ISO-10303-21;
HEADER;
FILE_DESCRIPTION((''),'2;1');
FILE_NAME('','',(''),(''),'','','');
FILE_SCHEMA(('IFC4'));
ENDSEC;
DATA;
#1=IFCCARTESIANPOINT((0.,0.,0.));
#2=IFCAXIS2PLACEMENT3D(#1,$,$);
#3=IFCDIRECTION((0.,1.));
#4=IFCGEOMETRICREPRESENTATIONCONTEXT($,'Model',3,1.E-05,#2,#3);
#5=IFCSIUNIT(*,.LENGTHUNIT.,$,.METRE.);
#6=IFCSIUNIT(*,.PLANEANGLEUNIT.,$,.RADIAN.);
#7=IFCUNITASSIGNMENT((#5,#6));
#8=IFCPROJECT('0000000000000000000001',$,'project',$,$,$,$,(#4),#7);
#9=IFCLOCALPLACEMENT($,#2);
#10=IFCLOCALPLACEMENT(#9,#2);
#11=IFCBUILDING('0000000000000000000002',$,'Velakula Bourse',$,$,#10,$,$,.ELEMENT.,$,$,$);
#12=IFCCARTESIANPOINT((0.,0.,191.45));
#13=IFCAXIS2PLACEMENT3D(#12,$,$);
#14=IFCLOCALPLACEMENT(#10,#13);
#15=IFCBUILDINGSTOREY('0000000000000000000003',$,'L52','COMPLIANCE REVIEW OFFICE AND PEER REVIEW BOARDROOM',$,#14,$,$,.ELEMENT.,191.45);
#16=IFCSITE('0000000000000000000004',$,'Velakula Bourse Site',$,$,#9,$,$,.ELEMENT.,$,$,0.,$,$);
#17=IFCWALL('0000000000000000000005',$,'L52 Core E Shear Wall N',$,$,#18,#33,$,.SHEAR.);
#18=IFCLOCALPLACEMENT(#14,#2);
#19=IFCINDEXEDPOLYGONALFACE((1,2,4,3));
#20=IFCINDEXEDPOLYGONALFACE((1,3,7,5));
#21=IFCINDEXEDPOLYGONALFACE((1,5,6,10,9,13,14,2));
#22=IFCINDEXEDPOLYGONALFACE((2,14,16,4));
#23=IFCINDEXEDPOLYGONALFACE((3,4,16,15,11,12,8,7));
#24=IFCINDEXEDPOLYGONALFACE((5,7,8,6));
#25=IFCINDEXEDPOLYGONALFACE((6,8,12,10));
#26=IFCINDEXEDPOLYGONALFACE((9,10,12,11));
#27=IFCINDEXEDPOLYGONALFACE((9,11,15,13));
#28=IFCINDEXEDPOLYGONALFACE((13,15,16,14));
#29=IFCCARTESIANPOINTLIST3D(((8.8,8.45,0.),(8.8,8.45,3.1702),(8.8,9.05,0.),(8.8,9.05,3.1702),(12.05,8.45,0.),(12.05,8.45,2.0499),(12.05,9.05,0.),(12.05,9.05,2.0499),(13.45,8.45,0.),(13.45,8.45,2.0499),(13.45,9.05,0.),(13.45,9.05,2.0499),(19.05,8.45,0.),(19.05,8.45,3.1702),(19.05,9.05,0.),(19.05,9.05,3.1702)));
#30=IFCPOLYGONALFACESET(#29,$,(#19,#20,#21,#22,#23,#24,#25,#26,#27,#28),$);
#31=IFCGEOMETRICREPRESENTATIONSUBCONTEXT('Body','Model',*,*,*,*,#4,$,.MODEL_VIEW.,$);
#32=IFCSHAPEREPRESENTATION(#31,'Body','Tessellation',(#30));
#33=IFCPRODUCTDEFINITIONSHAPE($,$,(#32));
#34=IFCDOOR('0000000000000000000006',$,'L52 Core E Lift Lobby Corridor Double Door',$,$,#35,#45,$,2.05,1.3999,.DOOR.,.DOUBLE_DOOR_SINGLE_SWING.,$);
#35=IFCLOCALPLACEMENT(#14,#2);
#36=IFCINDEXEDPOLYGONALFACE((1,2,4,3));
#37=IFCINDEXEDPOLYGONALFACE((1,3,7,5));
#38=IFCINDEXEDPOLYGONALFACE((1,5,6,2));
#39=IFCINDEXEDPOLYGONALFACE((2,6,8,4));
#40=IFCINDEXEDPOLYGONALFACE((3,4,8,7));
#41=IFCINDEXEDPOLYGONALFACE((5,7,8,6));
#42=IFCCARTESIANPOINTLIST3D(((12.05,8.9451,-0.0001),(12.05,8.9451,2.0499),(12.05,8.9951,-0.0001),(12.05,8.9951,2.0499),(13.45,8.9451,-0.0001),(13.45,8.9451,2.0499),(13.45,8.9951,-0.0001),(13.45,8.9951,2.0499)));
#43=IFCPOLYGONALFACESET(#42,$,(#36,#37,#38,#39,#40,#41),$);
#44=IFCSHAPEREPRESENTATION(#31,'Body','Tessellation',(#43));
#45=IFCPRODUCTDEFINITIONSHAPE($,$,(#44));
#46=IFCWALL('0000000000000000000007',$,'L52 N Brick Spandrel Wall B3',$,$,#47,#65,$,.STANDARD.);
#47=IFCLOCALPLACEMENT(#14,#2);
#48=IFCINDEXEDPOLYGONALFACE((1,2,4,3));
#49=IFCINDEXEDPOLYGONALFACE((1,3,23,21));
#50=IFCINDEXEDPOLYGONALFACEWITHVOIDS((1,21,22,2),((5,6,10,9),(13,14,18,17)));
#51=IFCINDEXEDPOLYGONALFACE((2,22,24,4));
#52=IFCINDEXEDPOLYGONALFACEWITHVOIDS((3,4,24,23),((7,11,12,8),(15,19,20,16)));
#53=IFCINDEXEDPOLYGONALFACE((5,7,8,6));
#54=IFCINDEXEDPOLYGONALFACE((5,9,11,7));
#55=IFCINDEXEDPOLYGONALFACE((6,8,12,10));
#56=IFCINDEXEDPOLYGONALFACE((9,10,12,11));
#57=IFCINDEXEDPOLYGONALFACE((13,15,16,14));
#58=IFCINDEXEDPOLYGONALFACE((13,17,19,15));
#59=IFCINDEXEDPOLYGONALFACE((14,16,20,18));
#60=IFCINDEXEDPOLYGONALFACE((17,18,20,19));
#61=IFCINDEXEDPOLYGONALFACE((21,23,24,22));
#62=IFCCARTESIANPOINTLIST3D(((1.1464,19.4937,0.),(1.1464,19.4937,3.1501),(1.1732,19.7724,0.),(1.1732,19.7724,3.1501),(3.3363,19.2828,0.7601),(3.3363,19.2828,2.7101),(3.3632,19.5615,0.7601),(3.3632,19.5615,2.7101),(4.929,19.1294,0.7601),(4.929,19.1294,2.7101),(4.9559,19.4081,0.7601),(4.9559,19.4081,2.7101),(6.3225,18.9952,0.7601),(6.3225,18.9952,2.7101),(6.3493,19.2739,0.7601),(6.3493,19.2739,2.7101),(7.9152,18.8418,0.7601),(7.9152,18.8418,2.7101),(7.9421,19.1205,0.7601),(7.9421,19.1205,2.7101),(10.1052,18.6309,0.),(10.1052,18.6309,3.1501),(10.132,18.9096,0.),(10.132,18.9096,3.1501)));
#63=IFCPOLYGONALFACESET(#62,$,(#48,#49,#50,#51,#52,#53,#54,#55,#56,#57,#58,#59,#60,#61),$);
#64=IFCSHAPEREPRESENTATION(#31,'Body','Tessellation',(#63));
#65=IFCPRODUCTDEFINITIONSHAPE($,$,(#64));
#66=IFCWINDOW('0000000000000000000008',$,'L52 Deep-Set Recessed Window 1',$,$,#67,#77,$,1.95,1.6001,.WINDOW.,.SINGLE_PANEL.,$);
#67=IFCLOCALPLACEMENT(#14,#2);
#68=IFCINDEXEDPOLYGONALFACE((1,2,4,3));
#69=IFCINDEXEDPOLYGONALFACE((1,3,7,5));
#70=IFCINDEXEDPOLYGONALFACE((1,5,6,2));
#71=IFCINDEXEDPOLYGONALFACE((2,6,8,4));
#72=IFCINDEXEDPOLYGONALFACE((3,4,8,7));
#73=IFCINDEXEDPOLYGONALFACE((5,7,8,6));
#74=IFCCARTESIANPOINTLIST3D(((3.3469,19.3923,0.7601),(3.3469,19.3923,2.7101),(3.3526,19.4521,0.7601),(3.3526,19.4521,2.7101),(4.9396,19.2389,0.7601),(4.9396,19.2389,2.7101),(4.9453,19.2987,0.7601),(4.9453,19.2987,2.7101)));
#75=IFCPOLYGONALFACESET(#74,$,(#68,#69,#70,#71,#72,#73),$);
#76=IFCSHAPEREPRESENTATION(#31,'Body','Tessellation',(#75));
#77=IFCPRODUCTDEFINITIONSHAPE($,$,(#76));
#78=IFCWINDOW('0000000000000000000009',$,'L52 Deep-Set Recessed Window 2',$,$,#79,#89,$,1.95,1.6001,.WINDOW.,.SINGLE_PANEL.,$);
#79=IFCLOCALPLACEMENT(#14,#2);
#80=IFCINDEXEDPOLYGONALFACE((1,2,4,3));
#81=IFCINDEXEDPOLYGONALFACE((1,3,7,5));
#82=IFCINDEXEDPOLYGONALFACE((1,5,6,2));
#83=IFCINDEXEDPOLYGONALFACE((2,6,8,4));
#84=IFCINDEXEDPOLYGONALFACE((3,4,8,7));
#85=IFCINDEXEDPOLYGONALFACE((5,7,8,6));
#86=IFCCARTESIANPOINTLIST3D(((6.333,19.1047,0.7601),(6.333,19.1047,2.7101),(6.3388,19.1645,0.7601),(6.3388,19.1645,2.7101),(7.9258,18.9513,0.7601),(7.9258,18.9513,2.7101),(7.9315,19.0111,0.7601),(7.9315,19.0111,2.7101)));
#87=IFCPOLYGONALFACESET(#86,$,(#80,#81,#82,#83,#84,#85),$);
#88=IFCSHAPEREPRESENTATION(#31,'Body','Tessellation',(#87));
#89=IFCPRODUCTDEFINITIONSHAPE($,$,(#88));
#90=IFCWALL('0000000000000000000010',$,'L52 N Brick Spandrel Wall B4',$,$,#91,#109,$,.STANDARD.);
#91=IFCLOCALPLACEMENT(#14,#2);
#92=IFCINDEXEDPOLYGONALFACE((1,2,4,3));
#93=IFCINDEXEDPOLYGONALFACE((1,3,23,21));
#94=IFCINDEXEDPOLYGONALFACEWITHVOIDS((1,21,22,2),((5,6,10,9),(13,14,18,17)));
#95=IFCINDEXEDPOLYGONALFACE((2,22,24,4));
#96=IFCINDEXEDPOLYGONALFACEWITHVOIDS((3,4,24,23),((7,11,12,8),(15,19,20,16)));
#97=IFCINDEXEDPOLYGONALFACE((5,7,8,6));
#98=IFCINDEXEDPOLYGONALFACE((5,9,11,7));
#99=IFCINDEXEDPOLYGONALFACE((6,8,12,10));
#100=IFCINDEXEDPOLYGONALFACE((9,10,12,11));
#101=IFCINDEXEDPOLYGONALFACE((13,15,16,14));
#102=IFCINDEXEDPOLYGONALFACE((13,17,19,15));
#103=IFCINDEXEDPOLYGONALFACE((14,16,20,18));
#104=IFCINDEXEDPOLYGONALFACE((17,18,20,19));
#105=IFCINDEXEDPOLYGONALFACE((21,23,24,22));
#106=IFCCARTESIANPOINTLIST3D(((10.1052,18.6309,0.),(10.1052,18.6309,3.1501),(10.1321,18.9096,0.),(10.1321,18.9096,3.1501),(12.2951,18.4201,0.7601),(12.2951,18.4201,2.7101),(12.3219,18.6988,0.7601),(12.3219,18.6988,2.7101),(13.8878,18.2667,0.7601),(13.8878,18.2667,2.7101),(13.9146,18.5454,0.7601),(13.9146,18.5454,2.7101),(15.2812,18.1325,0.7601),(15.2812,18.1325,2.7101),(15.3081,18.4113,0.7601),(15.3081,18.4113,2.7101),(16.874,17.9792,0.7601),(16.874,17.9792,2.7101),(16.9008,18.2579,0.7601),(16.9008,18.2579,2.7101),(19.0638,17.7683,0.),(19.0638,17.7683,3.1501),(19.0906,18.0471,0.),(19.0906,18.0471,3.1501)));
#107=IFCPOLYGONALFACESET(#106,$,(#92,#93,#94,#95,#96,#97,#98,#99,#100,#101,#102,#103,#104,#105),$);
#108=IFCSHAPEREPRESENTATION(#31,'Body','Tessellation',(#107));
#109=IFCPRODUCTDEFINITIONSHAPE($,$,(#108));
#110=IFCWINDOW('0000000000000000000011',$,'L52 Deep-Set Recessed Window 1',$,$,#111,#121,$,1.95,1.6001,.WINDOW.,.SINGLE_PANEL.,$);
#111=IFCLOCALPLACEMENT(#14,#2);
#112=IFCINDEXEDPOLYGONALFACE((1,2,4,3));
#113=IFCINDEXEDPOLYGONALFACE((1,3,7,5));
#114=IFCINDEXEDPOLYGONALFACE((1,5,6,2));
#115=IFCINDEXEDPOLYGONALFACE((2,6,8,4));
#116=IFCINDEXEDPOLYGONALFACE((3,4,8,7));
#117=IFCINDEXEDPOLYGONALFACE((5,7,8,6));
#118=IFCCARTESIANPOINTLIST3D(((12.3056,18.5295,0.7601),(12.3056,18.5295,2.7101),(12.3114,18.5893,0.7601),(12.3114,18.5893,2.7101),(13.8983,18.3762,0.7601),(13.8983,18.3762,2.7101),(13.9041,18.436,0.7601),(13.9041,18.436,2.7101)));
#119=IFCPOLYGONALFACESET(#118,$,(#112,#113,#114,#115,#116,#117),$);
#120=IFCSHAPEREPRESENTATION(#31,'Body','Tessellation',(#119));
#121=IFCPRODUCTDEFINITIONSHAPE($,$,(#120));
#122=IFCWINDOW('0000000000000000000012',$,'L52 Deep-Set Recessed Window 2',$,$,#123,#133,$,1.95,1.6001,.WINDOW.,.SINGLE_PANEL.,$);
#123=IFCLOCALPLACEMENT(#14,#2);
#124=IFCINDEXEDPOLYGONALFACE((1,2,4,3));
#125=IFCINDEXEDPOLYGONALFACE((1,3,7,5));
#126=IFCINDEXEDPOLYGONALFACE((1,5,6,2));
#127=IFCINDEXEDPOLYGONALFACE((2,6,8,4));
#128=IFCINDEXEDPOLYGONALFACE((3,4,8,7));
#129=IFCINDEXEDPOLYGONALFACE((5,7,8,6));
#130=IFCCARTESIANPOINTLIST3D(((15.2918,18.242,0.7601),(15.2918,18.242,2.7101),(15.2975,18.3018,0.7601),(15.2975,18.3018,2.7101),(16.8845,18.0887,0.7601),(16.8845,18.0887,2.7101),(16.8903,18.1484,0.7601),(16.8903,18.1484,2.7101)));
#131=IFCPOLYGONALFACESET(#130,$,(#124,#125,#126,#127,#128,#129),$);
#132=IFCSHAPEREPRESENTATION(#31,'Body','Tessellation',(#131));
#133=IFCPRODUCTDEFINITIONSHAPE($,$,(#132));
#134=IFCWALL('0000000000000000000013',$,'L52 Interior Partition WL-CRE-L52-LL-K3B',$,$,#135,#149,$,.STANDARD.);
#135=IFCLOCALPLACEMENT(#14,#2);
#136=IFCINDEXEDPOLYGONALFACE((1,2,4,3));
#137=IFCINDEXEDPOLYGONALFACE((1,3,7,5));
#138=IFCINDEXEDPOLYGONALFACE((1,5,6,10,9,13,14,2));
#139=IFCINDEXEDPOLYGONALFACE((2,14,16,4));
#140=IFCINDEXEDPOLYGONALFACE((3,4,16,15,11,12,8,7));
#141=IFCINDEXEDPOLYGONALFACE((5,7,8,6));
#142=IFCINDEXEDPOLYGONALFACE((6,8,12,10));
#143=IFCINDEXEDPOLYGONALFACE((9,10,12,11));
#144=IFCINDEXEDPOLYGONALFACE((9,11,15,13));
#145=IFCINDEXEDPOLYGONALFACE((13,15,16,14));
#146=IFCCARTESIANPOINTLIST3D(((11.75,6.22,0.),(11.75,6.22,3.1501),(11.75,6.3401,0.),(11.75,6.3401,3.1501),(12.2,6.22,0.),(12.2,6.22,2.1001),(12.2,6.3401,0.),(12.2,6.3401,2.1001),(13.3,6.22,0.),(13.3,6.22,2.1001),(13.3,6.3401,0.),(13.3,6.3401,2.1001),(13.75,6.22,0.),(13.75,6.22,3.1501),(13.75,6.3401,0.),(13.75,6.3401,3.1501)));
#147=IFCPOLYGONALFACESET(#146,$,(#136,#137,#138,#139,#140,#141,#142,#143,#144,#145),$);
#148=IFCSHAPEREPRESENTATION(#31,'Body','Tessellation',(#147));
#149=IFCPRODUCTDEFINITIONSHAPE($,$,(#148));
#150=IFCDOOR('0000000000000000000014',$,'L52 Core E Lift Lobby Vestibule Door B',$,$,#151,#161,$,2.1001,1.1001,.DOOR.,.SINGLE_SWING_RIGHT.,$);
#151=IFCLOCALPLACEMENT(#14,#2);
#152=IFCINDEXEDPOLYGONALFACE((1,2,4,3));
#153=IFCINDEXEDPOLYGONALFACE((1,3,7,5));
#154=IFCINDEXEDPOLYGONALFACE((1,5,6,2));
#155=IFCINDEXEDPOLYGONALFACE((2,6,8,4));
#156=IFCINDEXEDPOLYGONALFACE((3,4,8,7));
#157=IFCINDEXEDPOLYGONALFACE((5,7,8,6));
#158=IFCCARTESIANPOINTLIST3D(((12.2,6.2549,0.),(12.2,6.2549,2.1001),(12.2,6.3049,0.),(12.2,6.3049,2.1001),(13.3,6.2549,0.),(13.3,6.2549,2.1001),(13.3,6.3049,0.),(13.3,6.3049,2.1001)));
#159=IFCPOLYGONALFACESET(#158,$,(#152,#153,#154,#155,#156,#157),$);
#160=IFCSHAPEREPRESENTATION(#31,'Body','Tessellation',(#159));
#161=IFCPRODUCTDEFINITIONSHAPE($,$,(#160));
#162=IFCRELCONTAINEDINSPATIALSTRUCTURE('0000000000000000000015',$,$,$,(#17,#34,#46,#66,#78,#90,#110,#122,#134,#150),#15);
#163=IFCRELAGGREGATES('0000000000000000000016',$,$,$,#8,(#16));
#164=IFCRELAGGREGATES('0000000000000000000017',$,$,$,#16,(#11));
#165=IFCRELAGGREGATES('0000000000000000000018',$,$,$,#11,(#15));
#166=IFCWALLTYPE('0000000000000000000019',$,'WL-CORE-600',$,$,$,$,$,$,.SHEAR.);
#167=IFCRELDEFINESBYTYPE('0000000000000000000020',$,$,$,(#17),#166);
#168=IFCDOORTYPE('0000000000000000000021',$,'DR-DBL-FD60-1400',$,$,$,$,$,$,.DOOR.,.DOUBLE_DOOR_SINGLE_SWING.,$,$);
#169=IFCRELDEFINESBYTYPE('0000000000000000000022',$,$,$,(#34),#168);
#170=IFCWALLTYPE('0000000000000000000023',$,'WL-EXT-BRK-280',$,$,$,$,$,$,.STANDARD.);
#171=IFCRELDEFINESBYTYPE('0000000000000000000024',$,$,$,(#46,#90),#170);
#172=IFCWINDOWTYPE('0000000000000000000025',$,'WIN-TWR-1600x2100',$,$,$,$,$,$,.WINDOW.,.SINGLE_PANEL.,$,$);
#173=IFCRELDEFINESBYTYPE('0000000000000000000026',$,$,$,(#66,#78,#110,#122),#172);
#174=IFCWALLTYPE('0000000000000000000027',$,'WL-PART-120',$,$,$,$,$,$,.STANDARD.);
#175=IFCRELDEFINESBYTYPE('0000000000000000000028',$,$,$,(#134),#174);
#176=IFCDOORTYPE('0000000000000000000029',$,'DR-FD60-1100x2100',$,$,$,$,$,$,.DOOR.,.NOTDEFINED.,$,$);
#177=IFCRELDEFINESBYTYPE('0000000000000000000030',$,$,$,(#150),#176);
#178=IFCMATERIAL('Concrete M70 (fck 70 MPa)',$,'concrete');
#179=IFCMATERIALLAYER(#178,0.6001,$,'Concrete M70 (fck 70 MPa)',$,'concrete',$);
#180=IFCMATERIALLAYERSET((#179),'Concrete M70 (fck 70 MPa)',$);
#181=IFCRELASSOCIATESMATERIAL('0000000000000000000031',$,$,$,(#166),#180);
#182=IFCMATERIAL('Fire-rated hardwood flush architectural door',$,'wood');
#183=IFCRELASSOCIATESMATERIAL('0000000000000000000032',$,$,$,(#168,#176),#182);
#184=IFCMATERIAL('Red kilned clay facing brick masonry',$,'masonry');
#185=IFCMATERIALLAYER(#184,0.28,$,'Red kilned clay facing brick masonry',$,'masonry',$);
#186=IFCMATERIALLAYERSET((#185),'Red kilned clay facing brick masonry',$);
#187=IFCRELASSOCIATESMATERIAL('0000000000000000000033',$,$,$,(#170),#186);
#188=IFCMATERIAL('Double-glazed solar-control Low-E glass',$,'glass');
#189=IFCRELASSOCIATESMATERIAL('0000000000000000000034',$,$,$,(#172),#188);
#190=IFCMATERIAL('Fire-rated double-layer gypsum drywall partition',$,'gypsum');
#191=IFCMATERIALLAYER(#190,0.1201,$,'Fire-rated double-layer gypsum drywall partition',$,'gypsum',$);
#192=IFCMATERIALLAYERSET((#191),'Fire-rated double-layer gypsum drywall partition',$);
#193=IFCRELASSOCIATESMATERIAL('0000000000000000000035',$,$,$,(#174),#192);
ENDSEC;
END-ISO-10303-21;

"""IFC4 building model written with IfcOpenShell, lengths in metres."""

from ifc_helpers import new_model, si_unit, direction, frame, frame_2d, origin, place, context, subcontext, project, spatial, rectangle, extrude, material, layer, layer_set, type_object, element, fill, save


model = new_model("IFC4")

# Units and contexts
model_context = context("Model", 3, precision=1e-05, world=origin(), true_north=direction((0.0, 1.0)))
body_context = subcontext(model_context, "Body", "Model", "MODEL_VIEW")
ifc_project = project(units=[si_unit("LENGTHUNIT", "METRE"), si_unit("PLANEANGLEUNIT", "RADIAN")], contexts=[model_context])

# Site, building, storey
site_placement = place(None, origin())
site = spatial("IfcSite", under=ifc_project, at=site_placement, Name="Velakula Bourse Site", CompositionType="ELEMENT", RefElevation=0.0)
building_placement = place(site_placement, origin())
building = spatial("IfcBuilding", under=site, at=building_placement, Name="Velakula Bourse", CompositionType="ELEMENT")
storey_placement = place(building_placement, frame((0.0, 0.0, 191.45)))
storey = spatial("IfcBuildingStorey", under=building, at=storey_placement, Name="L52", Description="COMPLIANCE REVIEW OFFICE AND PEER REVIEW BOARDROOM", CompositionType="ELEMENT", Elevation=191.45)

# Shared definitions
ifc_material_1 = material(Name="Concrete M70 (fck 70 MPa)", Category="concrete")

# Wall, opening, door
ifc_layer_1 = layer(ifc_material_1, 0.6001, Name="Concrete M70 (fck 70 MPa)", Category="concrete")
ifc_layer_set_1 = layer_set([ifc_layer_1], Name="Concrete M70 (fck 70 MPa)")
wall_type_1 = type_object("IfcWallType", Name="WL-CORE-600", PredefinedType="SHEAR", material=ifc_layer_set_1)
wall_1_placement = place(storey_placement, frame((8.8, 8.75, 0.0), z_axis=(0.0, 0.0, 1.0), x_axis=(1.0, 0.0, 0.0)))
wall_1 = element("IfcWall", 1, at=wall_1_placement, inside=storey, type_object=wall_type_1, Name="L52 Core E Shear Wall N", PredefinedType="SHEAR", context=body_context, shape_type="SweptSolid", body=[
    extrude(rectangle(XDim=10.25, YDim=0.6001, at=frame_2d((5.125, 0.0))), origin(), (0.0, 0.0, 1.0), 3.1702),
])
opening_1_placement = place(wall_1_placement, frame((3.25, 0.0, 0.0)))
opening_1 = element("IfcOpeningElement", 2, at=opening_1_placement, cuts=wall_1, PredefinedType="OPENING", context=body_context, shape_type="SweptSolid", body=[
    extrude(rectangle(XDim=1.3999, YDim=2.05, at=frame_2d((0.7, 1.0249))), frame((0.0, 0.3101, 0.0), z_axis=(0.0, -1.0, 0.0), x_axis=(1.0, 0.0, 0.0)), (0.0, 0.0, 1.0), 0.6201),
])
ifc_material_2 = material(Name="Fire-rated hardwood flush architectural door", Category="wood")
door_type_1 = type_object("IfcDoorType", Name="DR-DBL-FD60-1400", OperationType="DOUBLE_DOOR_SINGLE_SWING", PredefinedType="DOOR", material=ifc_material_2)
door_1_placement = place(opening_1_placement, origin())
door_1 = element("IfcDoor", 3, at=door_1_placement, inside=storey, type_object=door_type_1, Name="L52 Core E Lift Lobby Corridor Double Door", OperationType="DOUBLE_DOOR_SINGLE_SWING", OverallHeight=2.05, OverallWidth=1.3999, PredefinedType="DOOR", context=body_context, shape_type="SweptSolid", body=[
    extrude(rectangle(XDim=1.3999, YDim=2.05, at=frame_2d((0.7, 1.0249))), frame((0.0, 0.2451, 0.0), z_axis=(0.0, -1.0, 0.0), x_axis=(1.0, 0.0, 0.0)), (0.0, 0.0, 1.0), 0.05),
])
fill(opening_1, door_1)

# Walls, openings, windows
ifc_material_3 = material(Name="Red kilned clay facing brick masonry", Category="masonry")
ifc_layer_2 = layer(ifc_material_3, 0.28, Name="Red kilned clay facing brick masonry", Category="masonry")
ifc_layer_set_2 = layer_set([ifc_layer_2], Name="Red kilned clay facing brick masonry")
wall_type_2 = type_object("IfcWallType", Name="WL-EXT-BRK-280", PredefinedType="STANDARD", material=ifc_layer_set_2)
wall_2_placement = place(storey_placement, frame((1.1599, 19.6331, 0.0), z_axis=(0.0, 0.0, 1.0), x_axis=(0.995394, -0.095864, 0.0)))
wall_2 = element("IfcWall", 4, at=wall_2_placement, inside=storey, type_object=wall_type_2, Name="L52 N Brick Spandrel Wall B3", PredefinedType="STANDARD", context=body_context, shape_type="SweptSolid", body=[
    extrude(rectangle(XDim=9.0002, YDim=0.28, at=frame_2d((4.5, 0.0))), origin(), (0.0, 0.0, 1.0), 3.1501),
])
opening_2_placement = place(wall_2_placement, frame((2.2, 0.0, 0.76)))
opening_2 = element("IfcOpeningElement", 5, at=opening_2_placement, cuts=wall_2, PredefinedType="OPENING", context=body_context, shape_type="SweptSolid", body=[
    extrude(rectangle(XDim=1.6001, YDim=1.95, at=frame_2d((0.8, 0.9751))), frame((0.0, 0.1499, 0.0), z_axis=(0.0, -1.0, 0.0), x_axis=(1.0, 0.0, 0.0)), (0.0, 0.0, 1.0), 0.3),
])
opening_3_placement = place(wall_2_placement, frame((5.2, 0.0, 0.76)))
opening_3 = element("IfcOpeningElement", 6, at=opening_3_placement, cuts=wall_2, PredefinedType="OPENING", context=body_context, shape_type="SweptSolid", body=[
    extrude(rectangle(XDim=1.6001, YDim=1.95, at=frame_2d((0.8, 0.9751))), frame((0.0, 0.1499, 0.0), z_axis=(0.0, -1.0, 0.0), x_axis=(1.0, 0.0, 0.0)), (0.0, 0.0, 1.0), 0.3),
])
ifc_material_4 = material(Name="Double-glazed solar-control Low-E glass", Category="glass")
window_type = type_object("IfcWindowType", Name="WIN-TWR-1600x2100", PartitioningType="SINGLE_PANEL", PredefinedType="WINDOW", material=ifc_material_4)
window_1_placement = place(opening_2_placement, origin())
window_1 = element("IfcWindow", 7, at=window_1_placement, inside=storey, type_object=window_type, Name="L52 Deep-Set Recessed Window 1", OverallHeight=1.95, OverallWidth=1.6001, PartitioningType="SINGLE_PANEL", PredefinedType="WINDOW", context=body_context, shape_type="SweptSolid", body=[
    extrude(rectangle(XDim=1.6001, YDim=1.95, at=frame_2d((0.8, 0.9751))), frame((0.0, 0.03, 0.0), z_axis=(0.0, -1.0, 0.0), x_axis=(1.0, 0.0, 0.0)), (0.0, 0.0, 1.0), 0.0601),
])
fill(opening_2, window_1)
window_2_placement = place(opening_3_placement, origin())
window_2 = element("IfcWindow", 8, at=window_2_placement, inside=storey, type_object=window_type, Name="L52 Deep-Set Recessed Window 2", OverallHeight=1.95, OverallWidth=1.6001, PartitioningType="SINGLE_PANEL", PredefinedType="WINDOW", context=body_context, shape_type="SweptSolid", body=[
    extrude(rectangle(XDim=1.6001, YDim=1.95, at=frame_2d((0.8, 0.9751))), frame((0.0, 0.03, 0.0), z_axis=(0.0, -1.0, 0.0), x_axis=(1.0, 0.0, 0.0)), (0.0, 0.0, 1.0), 0.0601),
])
fill(opening_3, window_2)
wall_3_placement = place(storey_placement, frame((10.1187, 18.7703, 0.0), z_axis=(0.0, 0.0, 1.0), x_axis=(0.995397, -0.09584, 0.0)))
wall_3 = element("IfcWall", 9, at=wall_3_placement, inside=storey, type_object=wall_type_2, Name="L52 N Brick Spandrel Wall B4", PredefinedType="STANDARD", context=body_context, shape_type="SweptSolid", body=[
    extrude(rectangle(XDim=9.0, YDim=0.28, at=frame_2d((4.5, 0.0))), origin(), (0.0, 0.0, 1.0), 3.1501),
])
opening_4_placement = place(wall_3_placement, frame((2.2, 0.0, 0.76)))
opening_4 = element("IfcOpeningElement", 10, at=opening_4_placement, cuts=wall_3, PredefinedType="OPENING", context=body_context, shape_type="SweptSolid", body=[
    extrude(rectangle(XDim=1.6001, YDim=1.95, at=frame_2d((0.8, 0.9751))), frame((0.0, 0.1499, 0.0), z_axis=(0.0, -1.0, 0.0), x_axis=(1.0, 0.0, 0.0)), (0.0, 0.0, 1.0), 0.3),
])
opening_5_placement = place(wall_3_placement, frame((5.2, 0.0, 0.76)))
opening_5 = element("IfcOpeningElement", 11, at=opening_5_placement, cuts=wall_3, PredefinedType="OPENING", context=body_context, shape_type="SweptSolid", body=[
    extrude(rectangle(XDim=1.6001, YDim=1.95, at=frame_2d((0.8, 0.9751))), frame((0.0, 0.1499, 0.0), z_axis=(0.0, -1.0, 0.0), x_axis=(1.0, 0.0, 0.0)), (0.0, 0.0, 1.0), 0.3),
])
window_3_placement = place(opening_4_placement, origin())
window_3 = element("IfcWindow", 12, at=window_3_placement, inside=storey, type_object=window_type, Name="L52 Deep-Set Recessed Window 1", OverallHeight=1.95, OverallWidth=1.6001, PartitioningType="SINGLE_PANEL", PredefinedType="WINDOW", context=body_context, shape_type="SweptSolid", body=[
    extrude(rectangle(XDim=1.6001, YDim=1.95, at=frame_2d((0.8, 0.9751))), frame((0.0, 0.03, 0.0), z_axis=(0.0, -1.0, 0.0), x_axis=(1.0, 0.0, 0.0)), (0.0, 0.0, 1.0), 0.0601),
])
fill(opening_4, window_3)
window_4_placement = place(opening_5_placement, origin())
window_4 = element("IfcWindow", 13, at=window_4_placement, inside=storey, type_object=window_type, Name="L52 Deep-Set Recessed Window 2", OverallHeight=1.95, OverallWidth=1.6001, PartitioningType="SINGLE_PANEL", PredefinedType="WINDOW", context=body_context, shape_type="SweptSolid", body=[
    extrude(rectangle(XDim=1.6001, YDim=1.95, at=frame_2d((0.8, 0.9751))), frame((0.0, 0.03, 0.0), z_axis=(0.0, -1.0, 0.0), x_axis=(1.0, 0.0, 0.0)), (0.0, 0.0, 1.0), 0.0601),
])
fill(opening_5, window_4)

# Wall, opening, door
ifc_material_5 = material(Name="Fire-rated double-layer gypsum drywall partition", Category="gypsum")
ifc_layer_3 = layer(ifc_material_5, 0.1201, Name="Fire-rated double-layer gypsum drywall partition", Category="gypsum")
ifc_layer_set_3 = layer_set([ifc_layer_3], Name="Fire-rated double-layer gypsum drywall partition")
wall_type_3 = type_object("IfcWallType", Name="WL-PART-120", PredefinedType="STANDARD", material=ifc_layer_set_3)
wall_4_placement = place(storey_placement, frame((11.75, 6.28, 0.0), z_axis=(0.0, 0.0, 1.0), x_axis=(1.0, 0.0, 0.0)))
wall_4 = element("IfcWall", 14, at=wall_4_placement, inside=storey, type_object=wall_type_3, Name="L52 Interior Partition WL-CRE-L52-LL-K3B", PredefinedType="STANDARD", context=body_context, shape_type="SweptSolid", body=[
    extrude(rectangle(XDim=2.0, YDim=0.1201, at=frame_2d((1.0, 0.0))), origin(), (0.0, 0.0, 1.0), 3.1501),
])
opening_6_placement = place(wall_4_placement, frame((0.45, 0.0, 0.0)))
opening_6 = element("IfcOpeningElement", 15, at=opening_6_placement, cuts=wall_4, PredefinedType="OPENING", context=body_context, shape_type="SweptSolid", body=[
    extrude(rectangle(XDim=1.1001, YDim=2.1001, at=frame_2d((0.55, 1.05))), frame((0.0, 0.0701, 0.0), z_axis=(0.0, -1.0, 0.0), x_axis=(1.0, 0.0, 0.0)), (0.0, 0.0, 1.0), 0.1401),
])
door_type_2 = type_object("IfcDoorType", Name="DR-FD60-1100x2100", OperationType="NOTDEFINED", PredefinedType="DOOR", material=ifc_material_2)
door_2_placement = place(opening_6_placement, origin())
door_2 = element("IfcDoor", 16, at=door_2_placement, inside=storey, type_object=door_type_2, Name="L52 Core E Lift Lobby Vestibule Door B", OperationType="SINGLE_SWING_RIGHT", OverallHeight=2.1001, OverallWidth=1.1001, PredefinedType="DOOR", context=body_context, shape_type="SweptSolid", body=[
    extrude(rectangle(XDim=1.1001, YDim=2.1001, at=frame_2d((0.55, 1.05))), frame((0.0, 0.0249, 0.0), z_axis=(0.0, -1.0, 0.0), x_axis=(1.0, 0.0, 0.0)), (0.0, 0.0, 1.0), 0.05),
])
fill(opening_6, door_2)

save(model, "model.ifc")
